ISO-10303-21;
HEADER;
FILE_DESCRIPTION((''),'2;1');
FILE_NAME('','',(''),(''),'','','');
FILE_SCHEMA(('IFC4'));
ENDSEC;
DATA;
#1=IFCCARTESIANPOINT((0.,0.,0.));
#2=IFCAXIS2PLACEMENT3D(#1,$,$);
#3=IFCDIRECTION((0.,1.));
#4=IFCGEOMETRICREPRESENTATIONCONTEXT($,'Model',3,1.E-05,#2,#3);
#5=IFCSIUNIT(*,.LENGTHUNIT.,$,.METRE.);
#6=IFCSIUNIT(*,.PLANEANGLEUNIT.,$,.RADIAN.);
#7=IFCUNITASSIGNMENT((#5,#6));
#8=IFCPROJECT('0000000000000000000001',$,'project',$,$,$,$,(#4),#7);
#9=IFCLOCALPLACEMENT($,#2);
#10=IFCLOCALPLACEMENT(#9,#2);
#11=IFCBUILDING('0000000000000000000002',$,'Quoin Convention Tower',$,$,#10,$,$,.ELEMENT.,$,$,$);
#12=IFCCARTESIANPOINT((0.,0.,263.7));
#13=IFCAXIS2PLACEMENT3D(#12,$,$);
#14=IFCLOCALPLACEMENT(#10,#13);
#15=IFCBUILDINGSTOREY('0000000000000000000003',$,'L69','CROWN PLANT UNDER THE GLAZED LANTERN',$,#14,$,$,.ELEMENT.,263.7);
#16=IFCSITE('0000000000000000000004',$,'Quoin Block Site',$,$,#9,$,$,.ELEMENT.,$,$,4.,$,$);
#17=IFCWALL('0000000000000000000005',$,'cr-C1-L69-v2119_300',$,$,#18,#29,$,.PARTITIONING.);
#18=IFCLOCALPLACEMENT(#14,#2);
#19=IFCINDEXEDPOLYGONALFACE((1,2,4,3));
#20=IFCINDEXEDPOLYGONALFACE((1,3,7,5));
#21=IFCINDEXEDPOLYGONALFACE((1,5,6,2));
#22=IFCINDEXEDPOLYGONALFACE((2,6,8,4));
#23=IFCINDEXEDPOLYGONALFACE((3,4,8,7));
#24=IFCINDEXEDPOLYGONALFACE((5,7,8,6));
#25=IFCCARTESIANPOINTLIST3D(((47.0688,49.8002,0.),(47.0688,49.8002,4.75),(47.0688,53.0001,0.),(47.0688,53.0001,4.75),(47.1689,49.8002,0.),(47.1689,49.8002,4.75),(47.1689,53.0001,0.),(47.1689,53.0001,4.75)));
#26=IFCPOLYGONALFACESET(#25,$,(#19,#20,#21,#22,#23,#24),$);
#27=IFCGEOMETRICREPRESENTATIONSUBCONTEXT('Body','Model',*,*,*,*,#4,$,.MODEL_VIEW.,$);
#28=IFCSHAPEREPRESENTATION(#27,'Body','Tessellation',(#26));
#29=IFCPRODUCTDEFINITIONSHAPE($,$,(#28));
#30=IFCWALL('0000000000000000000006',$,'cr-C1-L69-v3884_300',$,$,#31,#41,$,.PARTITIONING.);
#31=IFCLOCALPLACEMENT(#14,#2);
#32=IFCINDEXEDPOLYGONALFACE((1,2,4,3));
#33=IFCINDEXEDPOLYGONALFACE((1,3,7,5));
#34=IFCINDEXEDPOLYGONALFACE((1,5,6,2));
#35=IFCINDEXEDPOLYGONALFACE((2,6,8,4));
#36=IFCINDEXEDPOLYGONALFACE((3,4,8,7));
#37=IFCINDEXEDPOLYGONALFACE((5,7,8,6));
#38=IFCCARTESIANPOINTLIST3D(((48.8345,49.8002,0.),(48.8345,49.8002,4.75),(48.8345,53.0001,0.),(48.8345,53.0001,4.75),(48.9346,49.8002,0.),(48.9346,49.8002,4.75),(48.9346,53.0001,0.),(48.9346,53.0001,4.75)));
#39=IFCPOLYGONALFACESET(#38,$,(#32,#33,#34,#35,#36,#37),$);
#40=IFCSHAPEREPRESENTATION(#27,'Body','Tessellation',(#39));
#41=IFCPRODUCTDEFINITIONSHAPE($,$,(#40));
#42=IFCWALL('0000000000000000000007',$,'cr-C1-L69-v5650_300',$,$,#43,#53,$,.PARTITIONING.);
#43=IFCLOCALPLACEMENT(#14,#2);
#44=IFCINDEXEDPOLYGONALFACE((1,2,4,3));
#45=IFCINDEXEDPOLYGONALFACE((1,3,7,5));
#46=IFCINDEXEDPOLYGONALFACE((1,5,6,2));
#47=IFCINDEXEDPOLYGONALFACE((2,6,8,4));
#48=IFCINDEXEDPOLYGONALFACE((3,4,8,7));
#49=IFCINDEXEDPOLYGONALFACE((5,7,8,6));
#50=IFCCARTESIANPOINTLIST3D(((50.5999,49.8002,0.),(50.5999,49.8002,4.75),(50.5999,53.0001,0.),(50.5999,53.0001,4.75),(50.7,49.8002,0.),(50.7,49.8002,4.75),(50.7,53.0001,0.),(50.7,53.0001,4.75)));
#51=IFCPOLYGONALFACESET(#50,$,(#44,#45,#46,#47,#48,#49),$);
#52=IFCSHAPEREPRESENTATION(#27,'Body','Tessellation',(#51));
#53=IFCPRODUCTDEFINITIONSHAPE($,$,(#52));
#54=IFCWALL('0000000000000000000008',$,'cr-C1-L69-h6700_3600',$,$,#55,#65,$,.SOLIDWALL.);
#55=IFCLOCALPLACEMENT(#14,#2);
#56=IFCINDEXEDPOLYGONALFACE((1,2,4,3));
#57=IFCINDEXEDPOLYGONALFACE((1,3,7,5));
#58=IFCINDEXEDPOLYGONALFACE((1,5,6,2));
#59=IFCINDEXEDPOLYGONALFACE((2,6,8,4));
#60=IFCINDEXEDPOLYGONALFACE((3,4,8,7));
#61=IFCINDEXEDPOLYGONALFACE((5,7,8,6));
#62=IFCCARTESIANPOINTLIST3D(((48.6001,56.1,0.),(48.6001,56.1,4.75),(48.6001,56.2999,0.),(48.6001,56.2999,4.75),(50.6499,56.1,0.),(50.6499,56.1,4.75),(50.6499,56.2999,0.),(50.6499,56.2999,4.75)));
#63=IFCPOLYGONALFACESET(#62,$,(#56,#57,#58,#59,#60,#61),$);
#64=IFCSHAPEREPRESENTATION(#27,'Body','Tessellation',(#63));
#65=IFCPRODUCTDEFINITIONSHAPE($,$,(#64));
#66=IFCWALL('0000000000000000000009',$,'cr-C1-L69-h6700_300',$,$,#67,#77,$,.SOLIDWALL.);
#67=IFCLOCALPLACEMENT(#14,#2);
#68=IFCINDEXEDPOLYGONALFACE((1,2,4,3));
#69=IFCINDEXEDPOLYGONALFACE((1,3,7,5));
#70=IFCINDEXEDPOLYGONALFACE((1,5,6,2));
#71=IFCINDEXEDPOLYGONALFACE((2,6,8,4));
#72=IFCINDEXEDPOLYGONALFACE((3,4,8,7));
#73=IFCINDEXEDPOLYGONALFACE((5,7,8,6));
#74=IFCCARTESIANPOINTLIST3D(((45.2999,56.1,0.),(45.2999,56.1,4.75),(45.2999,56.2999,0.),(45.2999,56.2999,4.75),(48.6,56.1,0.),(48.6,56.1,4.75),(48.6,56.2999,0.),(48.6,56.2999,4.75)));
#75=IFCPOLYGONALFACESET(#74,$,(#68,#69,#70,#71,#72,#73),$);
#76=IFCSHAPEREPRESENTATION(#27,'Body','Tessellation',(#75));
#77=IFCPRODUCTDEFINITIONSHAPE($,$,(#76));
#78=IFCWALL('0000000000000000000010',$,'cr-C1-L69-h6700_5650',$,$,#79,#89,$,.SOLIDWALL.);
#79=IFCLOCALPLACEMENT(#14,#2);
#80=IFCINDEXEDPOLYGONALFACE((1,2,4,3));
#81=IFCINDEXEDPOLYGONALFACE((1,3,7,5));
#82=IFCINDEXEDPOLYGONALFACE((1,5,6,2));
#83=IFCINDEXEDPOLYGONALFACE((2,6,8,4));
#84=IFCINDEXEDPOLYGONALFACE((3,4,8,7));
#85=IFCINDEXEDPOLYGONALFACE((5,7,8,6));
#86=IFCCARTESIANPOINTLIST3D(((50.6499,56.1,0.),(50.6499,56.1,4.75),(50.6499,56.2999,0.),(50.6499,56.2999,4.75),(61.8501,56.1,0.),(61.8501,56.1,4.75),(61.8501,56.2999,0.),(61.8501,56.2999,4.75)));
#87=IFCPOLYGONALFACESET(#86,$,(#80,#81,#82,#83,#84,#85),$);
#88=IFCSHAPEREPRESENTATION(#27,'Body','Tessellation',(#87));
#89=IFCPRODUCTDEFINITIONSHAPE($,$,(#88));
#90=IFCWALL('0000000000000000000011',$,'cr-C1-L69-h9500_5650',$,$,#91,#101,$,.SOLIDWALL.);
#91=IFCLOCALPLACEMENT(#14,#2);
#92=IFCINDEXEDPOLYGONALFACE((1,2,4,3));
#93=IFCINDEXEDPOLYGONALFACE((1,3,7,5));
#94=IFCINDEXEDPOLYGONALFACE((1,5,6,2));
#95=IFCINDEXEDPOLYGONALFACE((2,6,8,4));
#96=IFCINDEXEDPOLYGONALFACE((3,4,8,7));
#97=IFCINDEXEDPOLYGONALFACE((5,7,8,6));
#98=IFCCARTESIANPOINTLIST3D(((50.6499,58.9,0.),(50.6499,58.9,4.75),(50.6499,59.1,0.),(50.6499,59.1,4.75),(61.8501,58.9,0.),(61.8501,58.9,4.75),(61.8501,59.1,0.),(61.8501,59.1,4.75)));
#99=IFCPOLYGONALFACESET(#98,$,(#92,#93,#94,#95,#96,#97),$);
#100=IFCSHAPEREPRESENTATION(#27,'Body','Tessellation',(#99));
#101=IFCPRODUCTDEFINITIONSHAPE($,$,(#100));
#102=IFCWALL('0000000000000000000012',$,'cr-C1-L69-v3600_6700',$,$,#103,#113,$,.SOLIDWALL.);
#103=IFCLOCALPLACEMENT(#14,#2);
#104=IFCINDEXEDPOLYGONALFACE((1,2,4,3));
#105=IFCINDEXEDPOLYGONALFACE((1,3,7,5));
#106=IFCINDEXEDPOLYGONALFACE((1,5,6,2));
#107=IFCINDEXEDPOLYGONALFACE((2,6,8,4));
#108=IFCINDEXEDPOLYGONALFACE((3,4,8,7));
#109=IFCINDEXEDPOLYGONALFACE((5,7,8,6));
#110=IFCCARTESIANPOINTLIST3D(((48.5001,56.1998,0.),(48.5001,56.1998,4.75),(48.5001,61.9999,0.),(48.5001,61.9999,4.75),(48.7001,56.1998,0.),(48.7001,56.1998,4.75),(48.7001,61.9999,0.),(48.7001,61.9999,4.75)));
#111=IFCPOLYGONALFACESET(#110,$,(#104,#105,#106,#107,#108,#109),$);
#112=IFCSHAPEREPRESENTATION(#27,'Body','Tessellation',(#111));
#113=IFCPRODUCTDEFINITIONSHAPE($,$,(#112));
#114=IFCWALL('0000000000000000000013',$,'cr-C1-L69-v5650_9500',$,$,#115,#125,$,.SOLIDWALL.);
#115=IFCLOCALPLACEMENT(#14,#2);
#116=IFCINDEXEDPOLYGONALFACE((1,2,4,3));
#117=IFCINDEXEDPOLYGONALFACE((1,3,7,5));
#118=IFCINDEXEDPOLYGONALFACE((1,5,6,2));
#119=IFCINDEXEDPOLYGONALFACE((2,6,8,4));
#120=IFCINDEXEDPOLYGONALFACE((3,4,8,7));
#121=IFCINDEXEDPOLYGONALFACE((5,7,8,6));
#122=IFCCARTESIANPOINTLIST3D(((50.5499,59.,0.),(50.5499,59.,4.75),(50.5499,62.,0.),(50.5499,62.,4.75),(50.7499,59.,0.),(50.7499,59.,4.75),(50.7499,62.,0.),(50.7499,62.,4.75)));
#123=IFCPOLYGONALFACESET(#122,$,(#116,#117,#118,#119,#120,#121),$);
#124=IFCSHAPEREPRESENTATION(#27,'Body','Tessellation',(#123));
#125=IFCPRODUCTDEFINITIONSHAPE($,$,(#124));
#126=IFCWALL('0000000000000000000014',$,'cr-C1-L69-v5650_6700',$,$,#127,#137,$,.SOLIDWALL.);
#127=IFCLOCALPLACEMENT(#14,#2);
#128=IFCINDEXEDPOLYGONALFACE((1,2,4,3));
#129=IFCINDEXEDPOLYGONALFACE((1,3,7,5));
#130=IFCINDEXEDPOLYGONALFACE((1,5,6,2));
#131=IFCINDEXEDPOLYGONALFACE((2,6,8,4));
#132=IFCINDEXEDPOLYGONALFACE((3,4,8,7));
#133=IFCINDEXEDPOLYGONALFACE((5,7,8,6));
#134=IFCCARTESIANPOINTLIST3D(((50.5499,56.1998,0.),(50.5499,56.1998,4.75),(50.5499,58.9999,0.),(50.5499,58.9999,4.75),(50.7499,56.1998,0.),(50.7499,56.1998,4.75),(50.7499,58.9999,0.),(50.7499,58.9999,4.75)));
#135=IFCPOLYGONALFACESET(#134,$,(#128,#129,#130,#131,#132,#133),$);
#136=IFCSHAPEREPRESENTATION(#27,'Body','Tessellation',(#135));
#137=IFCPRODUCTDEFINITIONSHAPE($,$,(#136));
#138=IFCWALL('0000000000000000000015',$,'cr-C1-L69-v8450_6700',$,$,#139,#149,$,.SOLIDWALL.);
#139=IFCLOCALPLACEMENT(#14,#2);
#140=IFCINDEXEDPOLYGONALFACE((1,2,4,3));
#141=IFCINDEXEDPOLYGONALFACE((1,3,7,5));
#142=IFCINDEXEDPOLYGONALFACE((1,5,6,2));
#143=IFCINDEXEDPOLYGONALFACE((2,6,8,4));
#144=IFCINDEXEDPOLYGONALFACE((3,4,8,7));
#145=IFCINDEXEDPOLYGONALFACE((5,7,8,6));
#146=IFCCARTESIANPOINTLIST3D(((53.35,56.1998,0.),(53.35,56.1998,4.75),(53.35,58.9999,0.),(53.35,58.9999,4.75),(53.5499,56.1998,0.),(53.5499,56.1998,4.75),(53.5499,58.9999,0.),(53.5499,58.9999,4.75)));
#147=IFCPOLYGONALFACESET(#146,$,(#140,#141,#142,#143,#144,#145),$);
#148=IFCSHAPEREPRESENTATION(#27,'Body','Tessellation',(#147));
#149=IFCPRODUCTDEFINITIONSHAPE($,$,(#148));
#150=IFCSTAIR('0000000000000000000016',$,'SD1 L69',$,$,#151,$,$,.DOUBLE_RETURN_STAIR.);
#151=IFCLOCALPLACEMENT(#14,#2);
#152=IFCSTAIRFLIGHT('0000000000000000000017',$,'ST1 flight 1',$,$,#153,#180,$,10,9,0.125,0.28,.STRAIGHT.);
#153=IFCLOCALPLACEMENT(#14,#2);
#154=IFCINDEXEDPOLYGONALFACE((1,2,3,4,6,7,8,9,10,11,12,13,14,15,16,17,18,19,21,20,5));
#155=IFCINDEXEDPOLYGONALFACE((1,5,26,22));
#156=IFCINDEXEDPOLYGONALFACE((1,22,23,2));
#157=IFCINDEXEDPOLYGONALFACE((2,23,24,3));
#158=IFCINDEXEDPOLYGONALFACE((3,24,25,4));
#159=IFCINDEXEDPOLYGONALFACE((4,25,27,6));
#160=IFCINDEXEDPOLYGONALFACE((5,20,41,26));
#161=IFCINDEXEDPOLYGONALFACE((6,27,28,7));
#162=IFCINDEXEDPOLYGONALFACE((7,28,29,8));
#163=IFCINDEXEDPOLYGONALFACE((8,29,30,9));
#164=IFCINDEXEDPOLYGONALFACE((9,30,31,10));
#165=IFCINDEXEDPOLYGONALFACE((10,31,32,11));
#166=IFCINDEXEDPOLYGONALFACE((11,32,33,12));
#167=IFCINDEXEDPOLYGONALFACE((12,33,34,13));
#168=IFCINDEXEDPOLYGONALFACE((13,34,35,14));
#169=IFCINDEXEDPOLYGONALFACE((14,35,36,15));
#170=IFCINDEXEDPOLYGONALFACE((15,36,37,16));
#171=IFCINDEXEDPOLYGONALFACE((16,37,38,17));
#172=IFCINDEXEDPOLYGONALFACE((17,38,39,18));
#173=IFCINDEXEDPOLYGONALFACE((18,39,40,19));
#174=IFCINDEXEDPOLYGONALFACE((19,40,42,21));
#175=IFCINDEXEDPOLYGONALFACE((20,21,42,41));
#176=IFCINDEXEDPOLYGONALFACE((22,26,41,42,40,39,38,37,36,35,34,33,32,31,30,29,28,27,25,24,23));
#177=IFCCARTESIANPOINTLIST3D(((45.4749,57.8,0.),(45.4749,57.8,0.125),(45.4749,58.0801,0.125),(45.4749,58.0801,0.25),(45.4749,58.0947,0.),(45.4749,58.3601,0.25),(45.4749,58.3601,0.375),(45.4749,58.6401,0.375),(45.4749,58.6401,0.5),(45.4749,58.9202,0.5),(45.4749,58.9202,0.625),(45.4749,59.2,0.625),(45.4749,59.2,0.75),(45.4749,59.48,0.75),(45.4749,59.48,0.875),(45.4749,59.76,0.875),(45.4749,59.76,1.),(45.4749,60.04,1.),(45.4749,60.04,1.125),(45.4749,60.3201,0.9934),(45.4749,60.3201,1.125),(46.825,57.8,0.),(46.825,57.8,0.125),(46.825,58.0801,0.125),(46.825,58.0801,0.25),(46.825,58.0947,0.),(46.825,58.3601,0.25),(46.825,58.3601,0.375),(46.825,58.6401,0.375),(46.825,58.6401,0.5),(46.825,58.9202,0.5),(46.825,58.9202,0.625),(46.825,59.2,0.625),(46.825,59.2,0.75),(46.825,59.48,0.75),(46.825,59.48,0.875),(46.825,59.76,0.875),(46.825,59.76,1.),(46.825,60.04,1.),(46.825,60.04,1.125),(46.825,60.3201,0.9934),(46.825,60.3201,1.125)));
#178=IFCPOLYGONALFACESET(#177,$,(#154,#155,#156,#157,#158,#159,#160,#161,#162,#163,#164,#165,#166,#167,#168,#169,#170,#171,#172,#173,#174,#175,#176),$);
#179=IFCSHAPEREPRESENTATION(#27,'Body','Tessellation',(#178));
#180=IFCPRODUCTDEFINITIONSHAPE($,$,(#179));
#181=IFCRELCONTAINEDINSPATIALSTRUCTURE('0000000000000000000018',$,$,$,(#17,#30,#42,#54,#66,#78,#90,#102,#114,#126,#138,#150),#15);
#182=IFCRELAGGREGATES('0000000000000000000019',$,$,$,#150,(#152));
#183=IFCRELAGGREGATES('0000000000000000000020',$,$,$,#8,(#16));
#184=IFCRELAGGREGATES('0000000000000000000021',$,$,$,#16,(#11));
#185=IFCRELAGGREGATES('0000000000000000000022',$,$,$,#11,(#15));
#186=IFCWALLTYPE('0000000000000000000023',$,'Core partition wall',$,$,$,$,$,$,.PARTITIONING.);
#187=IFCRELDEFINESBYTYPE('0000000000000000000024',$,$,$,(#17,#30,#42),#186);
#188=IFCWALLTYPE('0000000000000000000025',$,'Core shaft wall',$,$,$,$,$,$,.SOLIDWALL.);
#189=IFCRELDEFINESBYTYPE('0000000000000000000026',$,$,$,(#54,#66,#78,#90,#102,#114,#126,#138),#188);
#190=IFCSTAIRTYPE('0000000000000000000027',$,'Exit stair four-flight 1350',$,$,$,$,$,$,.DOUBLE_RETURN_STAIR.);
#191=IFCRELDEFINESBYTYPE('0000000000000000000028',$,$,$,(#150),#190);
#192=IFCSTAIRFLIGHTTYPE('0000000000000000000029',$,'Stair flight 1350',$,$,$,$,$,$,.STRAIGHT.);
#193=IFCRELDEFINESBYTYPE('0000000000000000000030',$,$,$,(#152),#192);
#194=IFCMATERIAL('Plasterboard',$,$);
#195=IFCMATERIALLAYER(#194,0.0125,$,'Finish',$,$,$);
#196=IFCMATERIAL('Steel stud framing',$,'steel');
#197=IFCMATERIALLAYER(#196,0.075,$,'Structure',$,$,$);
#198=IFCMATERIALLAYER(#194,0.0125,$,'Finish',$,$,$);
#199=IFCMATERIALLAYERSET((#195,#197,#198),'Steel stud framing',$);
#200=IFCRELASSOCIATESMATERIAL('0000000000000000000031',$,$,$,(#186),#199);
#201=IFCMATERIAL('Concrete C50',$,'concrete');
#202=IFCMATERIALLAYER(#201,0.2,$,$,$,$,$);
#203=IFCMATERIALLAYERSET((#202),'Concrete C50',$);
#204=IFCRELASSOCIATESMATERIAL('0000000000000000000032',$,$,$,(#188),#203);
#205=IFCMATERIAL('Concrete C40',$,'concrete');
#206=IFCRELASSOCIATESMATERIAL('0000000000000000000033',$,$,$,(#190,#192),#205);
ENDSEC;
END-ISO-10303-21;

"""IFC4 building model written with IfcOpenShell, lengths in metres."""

from ifc_helpers import new_model, si_unit, direction, frame, frame_2d, origin, place, context, subcontext, project, spatial, polyline, rectangle, outline, extrude, material, layer, layer_set, type_object, element, aggregate, save


model = new_model("IFC4")

# Units and contexts
model_context = context("Model", 3, precision=1e-05, world=origin(), true_north=direction((0.0, 1.0)))
body_context = subcontext(model_context, "Body", "Model", "MODEL_VIEW")
ifc_project = project(units=[si_unit("LENGTHUNIT", "METRE"), si_unit("PLANEANGLEUNIT", "RADIAN")], contexts=[model_context])

# Site, building, storey
site_placement = place(None, origin())
site = spatial("IfcSite", under=ifc_project, at=site_placement, Name="Quoin Block Site", CompositionType="ELEMENT", RefElevation=4.0)
building_placement = place(site_placement, origin())
building = spatial("IfcBuilding", under=site, at=building_placement, Name="Quoin Convention Tower", CompositionType="ELEMENT")
storey_placement = place(building_placement, frame((0.0, 0.0, 263.7)))
storey = spatial("IfcBuildingStorey", under=building, at=storey_placement, Name="L69", Description="CROWN PLANT UNDER THE GLAZED LANTERN", CompositionType="ELEMENT", Elevation=263.7)

# Walls
ifc_material_1 = material(Name="Plasterboard")
ifc_layer_1 = layer(ifc_material_1, 0.0125, Name="Finish")
ifc_material_2 = material(Name="Steel stud framing", Category="steel")
ifc_layer_2 = layer(ifc_material_2, 0.075, Name="Structure")
ifc_layer_3 = layer(ifc_material_1, 0.0125, Name="Finish")
ifc_layer_set_1 = layer_set([ifc_layer_1, ifc_layer_2, ifc_layer_3], Name="Steel stud framing")
wall_type_1 = type_object("IfcWallType", Name="Core partition wall", PredefinedType="PARTITIONING", material=ifc_layer_set_1)
for number, where, z_axis, x_axis, name in (
    (1, (47.1189, 49.8, 0.0), (0.0, 0.0, 1.0), (0.0, 1.0, 0.0), "cr-C1-L69-v2119_300"),
    (2, (48.8845, 49.8, 0.0), (0.0, 0.0, 1.0), (0.0, 1.0, 0.0), "cr-C1-L69-v3884_300"),
    (3, (50.6499, 49.8, 0.0), (0.0, 0.0, 1.0), (0.0, 1.0, 0.0), "cr-C1-L69-v5650_300"),
):
    element("IfcWall", number, at=place(storey_placement, frame(where, z_axis=z_axis, x_axis=x_axis)), inside=storey, type_object=wall_type_1, Name=name, PredefinedType="PARTITIONING", context=body_context, shape_type="SweptSolid", body=[
        extrude(rectangle(XDim=3.2, YDim=0.1001, at=frame_2d((1.6001, 0.0))), origin(), (0.0, 0.0, 1.0), 4.75),
    ])
ifc_material_3 = material(Name="Concrete C50", Category="concrete")
ifc_layer_4 = layer(ifc_material_3, 0.2)
ifc_layer_set_2 = layer_set([ifc_layer_4], Name="Concrete C50")
wall_type_2 = type_object("IfcWallType", Name="Core shaft wall", PredefinedType="SOLIDWALL", material=ifc_layer_set_2)
wall_1_placement = place(storey_placement, frame((48.6001, 56.2, 0.0), z_axis=(0.0, 0.0, 1.0), x_axis=(1.0, 0.0, 0.0)))
element("IfcWall", 4, at=wall_1_placement, inside=storey, type_object=wall_type_2, Name="cr-C1-L69-h6700_3600", PredefinedType="SOLIDWALL", context=body_context, shape_type="SweptSolid", body=[
    extrude(rectangle(XDim=2.0498, YDim=0.2, at=frame_2d((1.0249, 0.0))), origin(), (0.0, 0.0, 1.0), 4.75),
])
wall_2_placement = place(storey_placement, frame((45.3, 56.2, 0.0), z_axis=(0.0, 0.0, 1.0), x_axis=(1.0, 0.0, 0.0)))
element("IfcWall", 5, at=wall_2_placement, inside=storey, type_object=wall_type_2, Name="cr-C1-L69-h6700_300", PredefinedType="SOLIDWALL", context=body_context, shape_type="SweptSolid", body=[
    extrude(rectangle(XDim=3.3, YDim=0.2, at=frame_2d((1.6499, 0.0))), origin(), (0.0, 0.0, 1.0), 4.75),
])
for number, where, z_axis, x_axis, name in (
    (6, (50.6499, 56.2, 0.0), (0.0, 0.0, 1.0), (1.0, 0.0, 0.0), "cr-C1-L69-h6700_5650"),
    (7, (50.6499, 59.0, 0.0), (0.0, 0.0, 1.0), (1.0, 0.0, 0.0), "cr-C1-L69-h9500_5650"),
):
    element("IfcWall", number, at=place(storey_placement, frame(where, z_axis=z_axis, x_axis=x_axis)), inside=storey, type_object=wall_type_2, Name=name, PredefinedType="SOLIDWALL", context=body_context, shape_type="SweptSolid", body=[
        extrude(rectangle(XDim=11.2002, YDim=0.2, at=frame_2d((5.6001, 0.0))), origin(), (0.0, 0.0, 1.0), 4.75),
    ])
wall_3_placement = place(storey_placement, frame((48.6001, 56.2, 0.0), z_axis=(0.0, 0.0, 1.0), x_axis=(0.0, 1.0, 0.0)))
element("IfcWall", 8, at=wall_3_placement, inside=storey, type_object=wall_type_2, Name="cr-C1-L69-v3600_6700", PredefinedType="SOLIDWALL", context=body_context, shape_type="SweptSolid", body=[
    extrude(rectangle(XDim=5.8, YDim=0.2, at=frame_2d((2.8999, 0.0))), origin(), (0.0, 0.0, 1.0), 4.75),
])
wall_4_placement = place(storey_placement, frame((50.6499, 59.0, 0.0), z_axis=(0.0, 0.0, 1.0), x_axis=(0.0, 1.0, 0.0)))
element("IfcWall", 9, at=wall_4_placement, inside=storey, type_object=wall_type_2, Name="cr-C1-L69-v5650_9500", PredefinedType="SOLIDWALL", context=body_context, shape_type="SweptSolid", body=[
    extrude(rectangle(XDim=3.0, YDim=0.2, at=frame_2d((1.5, 0.0))), origin(), (0.0, 0.0, 1.0), 4.75),
])
for number, where, z_axis, x_axis, name in (
    (10, (50.6499, 56.2, 0.0), (0.0, 0.0, 1.0), (0.0, 1.0, 0.0), "cr-C1-L69-v5650_6700"),
    (11, (53.45, 56.2, 0.0), (0.0, 0.0, 1.0), (0.0, 1.0, 0.0), "cr-C1-L69-v8450_6700"),
):
    element("IfcWall", number, at=place(storey_placement, frame(where, z_axis=z_axis, x_axis=x_axis)), inside=storey, type_object=wall_type_2, Name=name, PredefinedType="SOLIDWALL", context=body_context, shape_type="SweptSolid", body=[
        extrude(rectangle(XDim=2.8, YDim=0.2, at=frame_2d((1.3999, 0.0))), origin(), (0.0, 0.0, 1.0), 4.75),
    ])

# Stair, stair flight
ifc_material_4 = material(Name="Concrete C40", Category="concrete")
stair_type = type_object("IfcStairType", Name="Exit stair four-flight 1350", PredefinedType="DOUBLE_RETURN_STAIR", material=ifc_material_4)
stair_placement = place(storey_placement, origin())
stair = element("IfcStair", 12, at=stair_placement, inside=storey, type_object=stair_type, Name="SD1 L69", PredefinedType="DOUBLE_RETURN_STAIR")
stair_flight_type = type_object("IfcStairFlightType", Name="Stair flight 1350", PredefinedType="STRAIGHT", material=ifc_material_4)
stair_flight_1_placement = place(storey_placement, frame((46.1499, 57.8, 0.0), z_axis=(0.0, 0.0, 1.0), x_axis=(0.0, 1.0, 0.0)))
stair_flight_1 = element("IfcStairFlight", 13, at=stair_flight_1_placement, type_object=stair_flight_type, Name="ST1 flight 1", NumberOfRisers=10, NumberOfTreads=9, PredefinedType="STRAIGHT", RiserHeight=0.125, TreadLength=0.28, context=body_context, shape_type="SweptSolid", body=[
    extrude(outline(polyline([(0.0, 0.0), (0.0, 0.125), (0.28, 0.125), (0.28, 0.25), (0.5601, 0.25), (0.5601, 0.375), (0.8401, 0.375), (0.8401, 0.5), (1.1201, 0.5), (1.1201, 0.625), (1.3999, 0.625), (1.3999, 0.75), (1.6799, 0.75), (1.6799, 0.875), (1.96, 0.875), (1.96, 1.0), (2.24, 1.0), (2.24, 1.125), (2.52, 1.125), (2.52, 1.25), (2.52, 0.9934), (0.2947, 0.0), (0.0, 0.0)])), frame((0.0, 0.675, 0.0), z_axis=(0.0, -1.0, 0.0), x_axis=(1.0, 0.0, 0.0)), (0.0, 0.0, 1.0), 1.3501),
])
aggregate(stair, [stair_flight_1])

save(model, "model.ifc")
